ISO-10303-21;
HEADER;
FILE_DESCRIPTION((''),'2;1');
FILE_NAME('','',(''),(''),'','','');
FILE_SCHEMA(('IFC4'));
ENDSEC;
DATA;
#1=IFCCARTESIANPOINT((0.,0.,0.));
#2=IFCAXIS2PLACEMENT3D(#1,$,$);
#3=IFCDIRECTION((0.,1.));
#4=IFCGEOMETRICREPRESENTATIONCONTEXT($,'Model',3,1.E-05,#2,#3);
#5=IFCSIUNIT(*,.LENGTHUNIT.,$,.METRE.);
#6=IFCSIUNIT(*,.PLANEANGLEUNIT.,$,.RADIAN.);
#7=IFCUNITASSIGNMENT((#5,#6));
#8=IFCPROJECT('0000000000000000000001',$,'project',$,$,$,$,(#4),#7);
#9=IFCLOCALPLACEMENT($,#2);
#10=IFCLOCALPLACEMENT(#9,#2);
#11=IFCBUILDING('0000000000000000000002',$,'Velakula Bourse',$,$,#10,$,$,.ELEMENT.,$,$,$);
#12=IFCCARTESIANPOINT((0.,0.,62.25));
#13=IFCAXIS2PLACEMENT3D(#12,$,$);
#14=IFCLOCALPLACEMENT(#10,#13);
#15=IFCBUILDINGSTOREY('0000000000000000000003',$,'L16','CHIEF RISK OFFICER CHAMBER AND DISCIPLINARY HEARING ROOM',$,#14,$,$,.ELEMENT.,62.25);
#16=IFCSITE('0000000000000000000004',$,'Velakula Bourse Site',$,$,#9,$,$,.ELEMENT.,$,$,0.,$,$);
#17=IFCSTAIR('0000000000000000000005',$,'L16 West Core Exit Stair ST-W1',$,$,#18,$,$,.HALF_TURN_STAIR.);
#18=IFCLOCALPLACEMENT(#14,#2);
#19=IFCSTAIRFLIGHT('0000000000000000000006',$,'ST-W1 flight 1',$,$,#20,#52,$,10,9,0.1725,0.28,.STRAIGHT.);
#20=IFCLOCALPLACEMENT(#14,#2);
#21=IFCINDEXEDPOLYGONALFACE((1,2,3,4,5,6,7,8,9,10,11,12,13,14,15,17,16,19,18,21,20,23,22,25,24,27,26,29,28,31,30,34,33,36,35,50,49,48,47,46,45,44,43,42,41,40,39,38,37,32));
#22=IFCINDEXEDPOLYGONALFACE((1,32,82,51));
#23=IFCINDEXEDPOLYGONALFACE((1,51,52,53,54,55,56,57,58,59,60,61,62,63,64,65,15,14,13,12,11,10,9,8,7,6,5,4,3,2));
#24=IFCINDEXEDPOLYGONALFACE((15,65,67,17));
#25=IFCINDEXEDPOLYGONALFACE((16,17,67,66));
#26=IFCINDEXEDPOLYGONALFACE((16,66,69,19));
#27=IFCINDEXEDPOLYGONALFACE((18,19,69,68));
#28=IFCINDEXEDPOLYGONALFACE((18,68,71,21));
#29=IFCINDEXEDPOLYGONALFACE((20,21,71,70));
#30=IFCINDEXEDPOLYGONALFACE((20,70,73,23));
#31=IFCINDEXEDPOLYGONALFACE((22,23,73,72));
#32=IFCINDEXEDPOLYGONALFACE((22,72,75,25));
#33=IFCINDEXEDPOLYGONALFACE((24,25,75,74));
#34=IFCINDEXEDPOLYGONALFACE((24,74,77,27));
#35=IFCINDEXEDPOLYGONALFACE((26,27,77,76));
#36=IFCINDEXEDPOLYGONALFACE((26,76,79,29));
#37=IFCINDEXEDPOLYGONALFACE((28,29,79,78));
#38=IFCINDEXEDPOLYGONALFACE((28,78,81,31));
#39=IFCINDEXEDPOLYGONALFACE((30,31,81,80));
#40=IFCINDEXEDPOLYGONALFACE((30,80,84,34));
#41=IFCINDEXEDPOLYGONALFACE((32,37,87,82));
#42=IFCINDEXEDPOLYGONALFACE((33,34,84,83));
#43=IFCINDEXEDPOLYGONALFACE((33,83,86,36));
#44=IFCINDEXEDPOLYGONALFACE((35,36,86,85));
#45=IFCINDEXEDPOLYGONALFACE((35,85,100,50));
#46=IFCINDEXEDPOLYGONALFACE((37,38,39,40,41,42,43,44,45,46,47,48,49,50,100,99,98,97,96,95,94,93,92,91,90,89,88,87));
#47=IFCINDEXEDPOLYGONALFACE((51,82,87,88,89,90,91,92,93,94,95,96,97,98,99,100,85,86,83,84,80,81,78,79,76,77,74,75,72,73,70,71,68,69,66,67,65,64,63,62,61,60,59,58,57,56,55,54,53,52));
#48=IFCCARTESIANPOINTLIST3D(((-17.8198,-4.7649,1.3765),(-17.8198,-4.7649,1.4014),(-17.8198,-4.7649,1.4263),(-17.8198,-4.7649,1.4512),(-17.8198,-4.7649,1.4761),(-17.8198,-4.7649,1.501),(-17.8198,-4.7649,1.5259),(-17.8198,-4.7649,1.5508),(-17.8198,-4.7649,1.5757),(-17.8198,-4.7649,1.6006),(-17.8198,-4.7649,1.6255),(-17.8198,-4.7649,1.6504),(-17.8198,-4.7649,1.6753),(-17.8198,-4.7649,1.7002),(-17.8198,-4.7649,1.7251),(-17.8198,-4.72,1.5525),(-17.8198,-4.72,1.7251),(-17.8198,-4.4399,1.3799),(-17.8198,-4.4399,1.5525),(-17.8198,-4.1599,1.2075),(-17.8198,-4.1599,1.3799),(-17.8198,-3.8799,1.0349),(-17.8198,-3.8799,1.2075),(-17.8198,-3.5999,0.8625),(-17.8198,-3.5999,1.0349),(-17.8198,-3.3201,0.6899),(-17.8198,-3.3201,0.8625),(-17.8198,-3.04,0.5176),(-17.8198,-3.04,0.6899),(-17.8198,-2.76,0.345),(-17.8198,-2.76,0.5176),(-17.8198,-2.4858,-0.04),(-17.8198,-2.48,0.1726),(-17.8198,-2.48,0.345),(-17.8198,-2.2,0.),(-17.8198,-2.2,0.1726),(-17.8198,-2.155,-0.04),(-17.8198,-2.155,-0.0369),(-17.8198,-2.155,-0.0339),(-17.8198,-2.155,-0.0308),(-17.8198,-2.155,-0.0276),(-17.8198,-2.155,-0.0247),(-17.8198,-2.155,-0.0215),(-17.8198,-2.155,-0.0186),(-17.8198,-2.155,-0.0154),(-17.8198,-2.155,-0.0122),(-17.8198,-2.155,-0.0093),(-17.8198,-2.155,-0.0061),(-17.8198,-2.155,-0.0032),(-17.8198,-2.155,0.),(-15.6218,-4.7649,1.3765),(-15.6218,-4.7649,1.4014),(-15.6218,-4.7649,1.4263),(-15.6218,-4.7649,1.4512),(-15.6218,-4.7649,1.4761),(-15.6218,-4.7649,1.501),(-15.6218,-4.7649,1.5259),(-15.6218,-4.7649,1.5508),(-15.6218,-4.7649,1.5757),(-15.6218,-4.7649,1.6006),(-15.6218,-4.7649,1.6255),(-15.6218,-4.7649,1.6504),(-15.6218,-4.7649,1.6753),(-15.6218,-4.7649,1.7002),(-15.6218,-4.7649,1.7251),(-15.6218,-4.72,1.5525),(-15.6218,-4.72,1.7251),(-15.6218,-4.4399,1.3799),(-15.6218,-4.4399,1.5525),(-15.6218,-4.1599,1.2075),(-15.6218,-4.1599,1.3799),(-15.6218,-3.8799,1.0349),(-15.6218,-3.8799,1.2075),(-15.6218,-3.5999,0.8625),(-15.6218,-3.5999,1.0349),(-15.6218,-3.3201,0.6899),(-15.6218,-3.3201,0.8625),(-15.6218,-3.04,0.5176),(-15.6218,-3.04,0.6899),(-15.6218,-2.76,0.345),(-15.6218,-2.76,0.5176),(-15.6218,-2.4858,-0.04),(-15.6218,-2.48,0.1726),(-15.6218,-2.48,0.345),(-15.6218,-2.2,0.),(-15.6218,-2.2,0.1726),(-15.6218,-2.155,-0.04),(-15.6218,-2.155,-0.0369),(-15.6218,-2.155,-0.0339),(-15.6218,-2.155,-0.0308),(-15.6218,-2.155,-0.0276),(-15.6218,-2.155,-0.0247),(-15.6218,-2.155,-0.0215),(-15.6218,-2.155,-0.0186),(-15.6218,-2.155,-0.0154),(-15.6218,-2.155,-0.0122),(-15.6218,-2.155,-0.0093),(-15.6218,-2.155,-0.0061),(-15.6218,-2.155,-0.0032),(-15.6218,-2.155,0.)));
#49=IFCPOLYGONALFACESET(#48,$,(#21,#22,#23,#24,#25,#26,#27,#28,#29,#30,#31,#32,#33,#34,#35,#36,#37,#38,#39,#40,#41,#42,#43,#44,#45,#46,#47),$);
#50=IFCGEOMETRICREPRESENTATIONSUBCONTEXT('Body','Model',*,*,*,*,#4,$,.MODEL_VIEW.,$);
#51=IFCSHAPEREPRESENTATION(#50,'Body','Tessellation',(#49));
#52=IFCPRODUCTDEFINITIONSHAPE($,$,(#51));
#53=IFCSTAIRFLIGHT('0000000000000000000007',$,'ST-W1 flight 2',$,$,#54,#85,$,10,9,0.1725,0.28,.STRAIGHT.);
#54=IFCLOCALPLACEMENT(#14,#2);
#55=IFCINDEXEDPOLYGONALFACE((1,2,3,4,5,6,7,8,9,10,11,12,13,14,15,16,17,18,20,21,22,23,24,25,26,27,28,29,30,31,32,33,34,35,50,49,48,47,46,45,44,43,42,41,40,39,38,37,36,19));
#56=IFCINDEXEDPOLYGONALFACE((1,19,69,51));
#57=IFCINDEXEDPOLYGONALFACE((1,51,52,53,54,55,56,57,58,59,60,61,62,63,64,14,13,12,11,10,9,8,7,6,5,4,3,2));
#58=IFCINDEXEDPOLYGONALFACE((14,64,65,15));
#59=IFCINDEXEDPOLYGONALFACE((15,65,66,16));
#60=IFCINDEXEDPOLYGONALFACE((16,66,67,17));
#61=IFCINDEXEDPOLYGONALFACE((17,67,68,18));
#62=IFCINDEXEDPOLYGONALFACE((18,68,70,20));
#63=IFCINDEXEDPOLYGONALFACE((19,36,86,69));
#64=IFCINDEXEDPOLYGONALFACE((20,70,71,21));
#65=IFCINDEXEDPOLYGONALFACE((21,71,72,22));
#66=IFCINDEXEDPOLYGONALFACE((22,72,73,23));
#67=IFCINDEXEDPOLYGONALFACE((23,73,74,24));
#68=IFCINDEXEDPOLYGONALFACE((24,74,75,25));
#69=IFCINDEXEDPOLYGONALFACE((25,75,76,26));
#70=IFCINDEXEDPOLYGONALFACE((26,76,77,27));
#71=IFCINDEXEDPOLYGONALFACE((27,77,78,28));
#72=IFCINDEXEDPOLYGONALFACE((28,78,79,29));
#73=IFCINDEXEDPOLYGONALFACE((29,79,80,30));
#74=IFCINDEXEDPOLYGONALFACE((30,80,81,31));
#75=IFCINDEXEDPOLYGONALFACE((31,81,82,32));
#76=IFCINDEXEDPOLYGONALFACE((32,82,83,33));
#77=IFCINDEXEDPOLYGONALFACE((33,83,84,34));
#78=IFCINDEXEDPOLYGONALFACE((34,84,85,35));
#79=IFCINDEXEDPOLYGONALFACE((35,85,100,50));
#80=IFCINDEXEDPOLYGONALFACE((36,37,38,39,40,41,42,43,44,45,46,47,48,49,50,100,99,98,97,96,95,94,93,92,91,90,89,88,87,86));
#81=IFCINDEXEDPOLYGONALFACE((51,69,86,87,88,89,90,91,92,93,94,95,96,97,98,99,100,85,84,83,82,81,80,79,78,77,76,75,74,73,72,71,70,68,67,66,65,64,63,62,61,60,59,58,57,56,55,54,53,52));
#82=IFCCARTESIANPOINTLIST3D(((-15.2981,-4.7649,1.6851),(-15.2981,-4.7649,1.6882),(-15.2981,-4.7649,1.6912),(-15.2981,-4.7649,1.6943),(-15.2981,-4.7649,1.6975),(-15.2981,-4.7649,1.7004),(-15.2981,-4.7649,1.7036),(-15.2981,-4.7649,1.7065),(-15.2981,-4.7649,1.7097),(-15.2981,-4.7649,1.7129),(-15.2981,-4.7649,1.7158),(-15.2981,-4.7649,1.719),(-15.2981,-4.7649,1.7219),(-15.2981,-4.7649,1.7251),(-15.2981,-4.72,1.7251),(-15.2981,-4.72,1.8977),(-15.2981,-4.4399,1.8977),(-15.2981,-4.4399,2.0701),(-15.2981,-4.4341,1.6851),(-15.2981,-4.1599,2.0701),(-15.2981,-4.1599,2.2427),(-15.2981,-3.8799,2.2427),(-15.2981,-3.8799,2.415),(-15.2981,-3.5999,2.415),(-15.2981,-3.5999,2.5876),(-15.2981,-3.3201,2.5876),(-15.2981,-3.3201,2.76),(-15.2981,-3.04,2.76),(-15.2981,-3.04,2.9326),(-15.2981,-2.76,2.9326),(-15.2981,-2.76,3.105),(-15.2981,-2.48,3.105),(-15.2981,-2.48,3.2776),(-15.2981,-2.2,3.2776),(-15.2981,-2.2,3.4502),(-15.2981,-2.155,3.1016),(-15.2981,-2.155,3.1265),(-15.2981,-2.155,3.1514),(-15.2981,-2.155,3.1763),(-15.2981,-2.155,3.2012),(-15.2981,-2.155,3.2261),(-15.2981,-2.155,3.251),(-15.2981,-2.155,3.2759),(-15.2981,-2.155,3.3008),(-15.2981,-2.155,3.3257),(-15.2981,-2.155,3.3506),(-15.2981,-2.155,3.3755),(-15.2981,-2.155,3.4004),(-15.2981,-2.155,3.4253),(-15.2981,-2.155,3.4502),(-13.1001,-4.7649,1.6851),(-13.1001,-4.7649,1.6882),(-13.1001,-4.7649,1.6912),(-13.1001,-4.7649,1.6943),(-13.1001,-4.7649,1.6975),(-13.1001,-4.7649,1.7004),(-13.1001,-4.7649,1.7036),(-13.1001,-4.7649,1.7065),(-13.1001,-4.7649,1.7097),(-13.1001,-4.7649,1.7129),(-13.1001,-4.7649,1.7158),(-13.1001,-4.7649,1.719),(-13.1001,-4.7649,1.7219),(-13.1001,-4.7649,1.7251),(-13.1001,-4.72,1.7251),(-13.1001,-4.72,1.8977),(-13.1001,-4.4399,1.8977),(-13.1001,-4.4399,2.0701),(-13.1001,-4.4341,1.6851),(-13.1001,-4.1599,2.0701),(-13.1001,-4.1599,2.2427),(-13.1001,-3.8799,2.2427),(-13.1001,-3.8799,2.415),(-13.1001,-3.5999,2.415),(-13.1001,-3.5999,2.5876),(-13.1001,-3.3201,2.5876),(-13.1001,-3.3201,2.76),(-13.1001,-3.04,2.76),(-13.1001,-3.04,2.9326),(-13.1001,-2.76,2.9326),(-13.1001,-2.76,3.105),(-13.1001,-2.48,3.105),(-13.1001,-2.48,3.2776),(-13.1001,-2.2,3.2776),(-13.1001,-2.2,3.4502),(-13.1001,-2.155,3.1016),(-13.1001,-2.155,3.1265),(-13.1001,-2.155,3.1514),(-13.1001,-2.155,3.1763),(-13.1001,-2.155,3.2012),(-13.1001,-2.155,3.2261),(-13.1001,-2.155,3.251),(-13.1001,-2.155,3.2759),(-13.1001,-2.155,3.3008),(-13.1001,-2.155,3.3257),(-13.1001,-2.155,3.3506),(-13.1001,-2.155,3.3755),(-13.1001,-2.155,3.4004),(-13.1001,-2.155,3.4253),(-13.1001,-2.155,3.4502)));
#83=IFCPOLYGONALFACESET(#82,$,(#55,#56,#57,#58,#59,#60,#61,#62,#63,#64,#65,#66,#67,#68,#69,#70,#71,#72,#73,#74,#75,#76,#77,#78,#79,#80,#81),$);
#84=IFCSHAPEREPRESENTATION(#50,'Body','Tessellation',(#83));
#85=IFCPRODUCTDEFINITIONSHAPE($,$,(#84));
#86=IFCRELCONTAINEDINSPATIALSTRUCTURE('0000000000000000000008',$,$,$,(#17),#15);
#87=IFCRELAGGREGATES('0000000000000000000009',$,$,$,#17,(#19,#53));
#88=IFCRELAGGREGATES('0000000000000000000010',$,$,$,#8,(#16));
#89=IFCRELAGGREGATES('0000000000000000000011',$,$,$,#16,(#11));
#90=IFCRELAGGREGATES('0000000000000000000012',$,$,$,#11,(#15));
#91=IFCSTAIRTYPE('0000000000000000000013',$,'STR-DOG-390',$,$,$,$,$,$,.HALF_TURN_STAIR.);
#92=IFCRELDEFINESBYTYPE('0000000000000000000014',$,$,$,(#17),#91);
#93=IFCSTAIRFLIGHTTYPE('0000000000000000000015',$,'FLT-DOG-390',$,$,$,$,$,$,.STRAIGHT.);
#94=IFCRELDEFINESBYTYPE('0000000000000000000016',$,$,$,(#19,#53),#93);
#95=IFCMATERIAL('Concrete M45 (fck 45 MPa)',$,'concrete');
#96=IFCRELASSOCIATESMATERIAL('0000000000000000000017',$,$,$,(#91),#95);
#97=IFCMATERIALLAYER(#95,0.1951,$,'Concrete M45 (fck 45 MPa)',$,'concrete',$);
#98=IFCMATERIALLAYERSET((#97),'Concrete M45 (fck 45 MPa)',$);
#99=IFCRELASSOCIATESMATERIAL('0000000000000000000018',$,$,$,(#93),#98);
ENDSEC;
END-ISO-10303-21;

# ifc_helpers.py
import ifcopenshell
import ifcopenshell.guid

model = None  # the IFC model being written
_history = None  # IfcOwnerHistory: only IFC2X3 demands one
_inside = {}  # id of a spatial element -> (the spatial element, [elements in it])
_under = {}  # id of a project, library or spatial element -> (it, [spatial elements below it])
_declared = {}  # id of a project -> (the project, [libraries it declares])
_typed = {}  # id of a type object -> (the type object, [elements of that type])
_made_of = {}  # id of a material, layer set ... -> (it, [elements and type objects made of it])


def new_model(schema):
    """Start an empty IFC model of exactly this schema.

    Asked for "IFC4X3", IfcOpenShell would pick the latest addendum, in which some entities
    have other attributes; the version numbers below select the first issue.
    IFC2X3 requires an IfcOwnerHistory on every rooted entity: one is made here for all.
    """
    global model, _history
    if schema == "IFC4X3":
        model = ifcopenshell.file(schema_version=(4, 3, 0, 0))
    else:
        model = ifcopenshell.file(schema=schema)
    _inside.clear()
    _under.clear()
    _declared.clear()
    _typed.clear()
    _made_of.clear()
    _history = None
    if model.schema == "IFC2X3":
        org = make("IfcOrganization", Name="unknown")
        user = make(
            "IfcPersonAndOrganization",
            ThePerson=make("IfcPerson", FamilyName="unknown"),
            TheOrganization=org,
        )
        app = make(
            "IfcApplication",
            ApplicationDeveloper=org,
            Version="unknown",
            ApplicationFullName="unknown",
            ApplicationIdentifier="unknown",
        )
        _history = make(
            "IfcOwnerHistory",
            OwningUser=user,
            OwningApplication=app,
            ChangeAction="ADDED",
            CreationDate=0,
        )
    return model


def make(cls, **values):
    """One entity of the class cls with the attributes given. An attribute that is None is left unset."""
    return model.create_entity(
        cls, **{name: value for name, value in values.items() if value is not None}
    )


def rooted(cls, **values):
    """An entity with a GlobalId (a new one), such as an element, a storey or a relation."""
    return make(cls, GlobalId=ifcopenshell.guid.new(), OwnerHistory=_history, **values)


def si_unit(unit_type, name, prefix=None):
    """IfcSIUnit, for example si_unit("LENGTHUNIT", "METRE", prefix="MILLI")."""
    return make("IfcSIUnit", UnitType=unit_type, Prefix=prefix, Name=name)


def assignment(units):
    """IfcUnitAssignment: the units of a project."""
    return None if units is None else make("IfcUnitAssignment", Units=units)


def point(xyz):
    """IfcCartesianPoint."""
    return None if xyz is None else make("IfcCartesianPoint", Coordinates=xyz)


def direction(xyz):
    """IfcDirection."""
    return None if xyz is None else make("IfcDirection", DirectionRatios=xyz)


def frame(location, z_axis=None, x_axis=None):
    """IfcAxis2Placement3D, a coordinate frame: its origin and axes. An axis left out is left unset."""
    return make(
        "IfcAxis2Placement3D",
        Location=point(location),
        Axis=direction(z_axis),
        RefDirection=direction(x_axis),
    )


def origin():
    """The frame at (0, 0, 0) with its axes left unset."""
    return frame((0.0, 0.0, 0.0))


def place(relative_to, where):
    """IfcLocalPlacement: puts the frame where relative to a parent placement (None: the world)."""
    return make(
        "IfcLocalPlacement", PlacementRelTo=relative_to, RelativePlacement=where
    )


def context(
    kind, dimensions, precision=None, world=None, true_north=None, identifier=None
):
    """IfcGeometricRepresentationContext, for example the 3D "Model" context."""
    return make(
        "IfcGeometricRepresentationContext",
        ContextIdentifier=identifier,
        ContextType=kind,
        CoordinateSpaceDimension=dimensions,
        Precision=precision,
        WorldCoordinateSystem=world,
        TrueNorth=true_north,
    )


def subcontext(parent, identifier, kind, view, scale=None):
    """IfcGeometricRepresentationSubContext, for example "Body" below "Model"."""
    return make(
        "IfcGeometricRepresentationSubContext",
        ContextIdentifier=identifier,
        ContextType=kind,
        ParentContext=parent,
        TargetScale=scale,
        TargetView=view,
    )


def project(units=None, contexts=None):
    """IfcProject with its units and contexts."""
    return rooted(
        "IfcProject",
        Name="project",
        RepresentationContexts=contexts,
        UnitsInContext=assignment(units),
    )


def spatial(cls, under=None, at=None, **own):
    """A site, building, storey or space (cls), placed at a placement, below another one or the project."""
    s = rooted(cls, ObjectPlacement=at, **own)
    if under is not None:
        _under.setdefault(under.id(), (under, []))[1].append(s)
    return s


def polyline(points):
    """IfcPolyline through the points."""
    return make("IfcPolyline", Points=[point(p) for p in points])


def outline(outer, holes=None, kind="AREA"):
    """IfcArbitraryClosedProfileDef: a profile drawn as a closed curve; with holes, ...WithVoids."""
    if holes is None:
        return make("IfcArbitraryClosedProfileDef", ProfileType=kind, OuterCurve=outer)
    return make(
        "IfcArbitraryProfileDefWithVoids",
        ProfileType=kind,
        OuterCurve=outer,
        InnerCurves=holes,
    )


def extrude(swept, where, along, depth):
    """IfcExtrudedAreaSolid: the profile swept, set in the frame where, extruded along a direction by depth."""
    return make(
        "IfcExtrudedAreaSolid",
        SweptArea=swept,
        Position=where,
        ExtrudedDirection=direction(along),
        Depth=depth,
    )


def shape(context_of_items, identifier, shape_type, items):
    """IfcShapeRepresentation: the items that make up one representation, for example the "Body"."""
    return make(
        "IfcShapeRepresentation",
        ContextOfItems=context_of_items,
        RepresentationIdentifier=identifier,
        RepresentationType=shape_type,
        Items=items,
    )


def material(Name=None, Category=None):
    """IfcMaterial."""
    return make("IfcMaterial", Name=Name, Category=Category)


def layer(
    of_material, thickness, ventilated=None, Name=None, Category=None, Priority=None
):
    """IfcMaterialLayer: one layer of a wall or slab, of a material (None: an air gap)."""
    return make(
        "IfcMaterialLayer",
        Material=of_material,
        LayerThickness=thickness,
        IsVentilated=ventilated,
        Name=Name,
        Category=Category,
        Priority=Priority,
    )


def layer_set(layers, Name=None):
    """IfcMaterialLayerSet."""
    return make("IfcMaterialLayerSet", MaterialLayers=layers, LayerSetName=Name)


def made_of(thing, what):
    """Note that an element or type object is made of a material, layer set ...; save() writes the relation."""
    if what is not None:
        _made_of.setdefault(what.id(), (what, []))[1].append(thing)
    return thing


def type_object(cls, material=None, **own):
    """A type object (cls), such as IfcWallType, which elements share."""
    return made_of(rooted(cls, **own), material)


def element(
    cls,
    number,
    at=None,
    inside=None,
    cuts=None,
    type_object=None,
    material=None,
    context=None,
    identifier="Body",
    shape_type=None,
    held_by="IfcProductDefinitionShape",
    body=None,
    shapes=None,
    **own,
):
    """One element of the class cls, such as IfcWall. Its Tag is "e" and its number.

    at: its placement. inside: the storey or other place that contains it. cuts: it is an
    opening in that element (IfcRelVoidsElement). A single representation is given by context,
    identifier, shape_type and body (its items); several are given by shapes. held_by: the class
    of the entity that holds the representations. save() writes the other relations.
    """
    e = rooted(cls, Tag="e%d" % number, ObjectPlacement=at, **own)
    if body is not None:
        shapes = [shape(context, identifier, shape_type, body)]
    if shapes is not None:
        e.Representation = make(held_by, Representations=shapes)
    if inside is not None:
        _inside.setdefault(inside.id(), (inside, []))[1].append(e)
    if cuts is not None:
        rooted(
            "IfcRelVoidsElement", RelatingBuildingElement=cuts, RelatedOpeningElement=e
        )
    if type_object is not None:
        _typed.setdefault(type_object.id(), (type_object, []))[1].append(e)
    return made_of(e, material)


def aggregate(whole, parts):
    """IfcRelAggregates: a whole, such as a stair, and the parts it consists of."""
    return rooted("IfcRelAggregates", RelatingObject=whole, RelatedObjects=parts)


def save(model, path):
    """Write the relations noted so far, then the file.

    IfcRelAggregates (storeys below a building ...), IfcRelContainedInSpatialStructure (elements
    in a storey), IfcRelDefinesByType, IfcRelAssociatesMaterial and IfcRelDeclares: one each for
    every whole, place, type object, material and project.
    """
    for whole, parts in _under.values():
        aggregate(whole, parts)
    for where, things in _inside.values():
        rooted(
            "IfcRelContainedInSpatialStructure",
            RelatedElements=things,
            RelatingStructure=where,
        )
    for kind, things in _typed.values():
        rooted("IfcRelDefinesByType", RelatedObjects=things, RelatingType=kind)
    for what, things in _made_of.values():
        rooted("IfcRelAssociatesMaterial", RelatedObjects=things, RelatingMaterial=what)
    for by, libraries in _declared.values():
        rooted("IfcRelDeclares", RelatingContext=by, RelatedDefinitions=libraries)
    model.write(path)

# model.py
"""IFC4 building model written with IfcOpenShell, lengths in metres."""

from ifc_helpers import new_model, si_unit, direction, frame, origin, place, context, subcontext, project, spatial, polyline, outline, extrude, material, layer, layer_set, type_object, element, aggregate, save


model = new_model("IFC4")

# Units and contexts
model_context = context("Model", 3, precision=1e-05, world=origin(), true_north=direction((0.0, 1.0)))
body_context = subcontext(model_context, "Body", "Model", "MODEL_VIEW")
ifc_project = project(units=[si_unit("LENGTHUNIT", "METRE"), si_unit("PLANEANGLEUNIT", "RADIAN")], contexts=[model_context])

# Site, building, storey
site_placement = place(None, origin())
site = spatial("IfcSite", under=ifc_project, at=site_placement, Name="Velakula Bourse Site", CompositionType="ELEMENT", RefElevation=0.0)
building_placement = place(site_placement, origin())
building = spatial("IfcBuilding", under=site, at=building_placement, Name="Velakula Bourse", CompositionType="ELEMENT")
storey_placement = place(building_placement, frame((0.0, 0.0, 62.25)))
storey = spatial("IfcBuildingStorey", under=building, at=storey_placement, Name="L16", Description="CHIEF RISK OFFICER CHAMBER AND DISCIPLINARY HEARING ROOM", CompositionType="ELEMENT", Elevation=62.25)

# Stair, stair flights
ifc_material_1 = material(Name="Concrete M45 (fck 45 MPa)", Category="concrete")
stair_type = type_object("IfcStairType", Name="STR-DOG-390", PredefinedType="HALF_TURN_STAIR", material=ifc_material_1)
stair_placement = place(storey_placement, origin())
stair = element("IfcStair", 1, at=stair_placement, inside=storey, type_object=stair_type, Name="L16 West Core Exit Stair ST-W1", PredefinedType="HALF_TURN_STAIR")
ifc_layer_1 = layer(ifc_material_1, 0.1951, Name="Concrete M45 (fck 45 MPa)", Category="concrete")
ifc_layer_set_1 = layer_set([ifc_layer_1], Name="Concrete M45 (fck 45 MPa)")
stair_flight_type = type_object("IfcStairFlightType", Name="FLT-DOG-390", PredefinedType="STRAIGHT", material=ifc_layer_set_1)
stair_flight_1_placement = place(storey_placement, frame((-16.7209, -2.2, 0.0), z_axis=(0.0, 0.0, 1.0), x_axis=(0.0, -1.0, 0.0)))
stair_flight_1 = element("IfcStairFlight", 2, at=stair_flight_1_placement, type_object=stair_flight_type, Name="ST-W1 flight 1", NumberOfRisers=10, NumberOfTreads=9, PredefinedType="STRAIGHT", RiserHeight=0.1725, TreadLength=0.28, context=body_context, shape_type="SweptSolid", body=[
    extrude(outline(polyline([(-0.0449, -0.04), (-0.0449, -0.0369), (-0.0449, -0.0339), (-0.0449, -0.0308), (-0.0449, -0.0276), (-0.0449, -0.0247), (-0.0449, -0.0215), (-0.0449, -0.0186), (-0.0449, -0.0154), (-0.0449, -0.0122), (-0.0449, -0.0093), (-0.0449, -0.0061), (-0.0449, -0.0032), (-0.0449, 0.0), (0.0, 0.0), (0.0, 0.1726), (0.28, 0.1726), (0.28, 0.345), (0.5601, 0.345), (0.5601, 0.5176), (0.8401, 0.5176), (0.8401, 0.6899), (1.1201, 0.6899), (1.1201, 0.8625), (1.3999, 0.8625), (1.3999, 1.0349), (1.6799, 1.0349), (1.6799, 1.2075), (1.96, 1.2075), (1.96, 1.3799), (2.24, 1.3799), (2.24, 1.5525), (2.52, 1.5525), (2.52, 1.7251), (2.5649, 1.7251), (2.5649, 1.7002), (2.5649, 1.6753), (2.5649, 1.6504), (2.5649, 1.6255), (2.5649, 1.6006), (2.5649, 1.5757), (2.5649, 1.5508), (2.5649, 1.5259), (2.5649, 1.501), (2.5649, 1.4761), (2.5649, 1.4512), (2.5649, 1.4263), (2.5649, 1.4014), (2.5649, 1.3765), (0.2859, -0.04), (-0.0449, -0.04)])), frame((0.0, 1.0991, 0.0), z_axis=(0.0, -1.0, 0.0), x_axis=(1.0, 0.0, 0.0)), (0.0, 0.0, 1.0), 2.198),
])
stair_flight_2_placement = place(storey_placement, frame((-14.199, -4.72, 1.7251), z_axis=(0.0, 0.0, 1.0), x_axis=(0.0, 1.0, 0.0)))
stair_flight_2 = element("IfcStairFlight", 3, at=stair_flight_2_placement, type_object=stair_flight_type, Name="ST-W1 flight 2", NumberOfRisers=10, NumberOfTreads=9, PredefinedType="STRAIGHT", RiserHeight=0.1725, TreadLength=0.28, context=body_context, shape_type="SweptSolid", body=[
    extrude(outline(polyline([(-0.0449, -0.04), (-0.0449, -0.0369), (-0.0449, -0.0339), (-0.0449, -0.0308), (-0.0449, -0.0276), (-0.0449, -0.0247), (-0.0449, -0.0215), (-0.0449, -0.0186), (-0.0449, -0.0154), (-0.0449, -0.0122), (-0.0449, -0.0093), (-0.0449, -0.0061), (-0.0449, -0.0032), (-0.0449, 0.0), (0.0, 0.0), (0.0, 0.1726), (0.28, 0.1726), (0.28, 0.345), (0.5601, 0.345), (0.5601, 0.5176), (0.8401, 0.5176), (0.8401, 0.6899), (1.1201, 0.6899), (1.1201, 0.8625), (1.3999, 0.8625), (1.3999, 1.0349), (1.6799, 1.0349), (1.6799, 1.2075), (1.96, 1.2075), (1.96, 1.3799), (2.24, 1.3799), (2.24, 1.5525), (2.52, 1.5525), (2.52, 1.7251), (2.5649, 1.7251), (2.5649, 1.7002), (2.5649, 1.6753), (2.5649, 1.6504), (2.5649, 1.6255), (2.5649, 1.6006), (2.5649, 1.5757), (2.5649, 1.5508), (2.5649, 1.5259), (2.5649, 1.501), (2.5649, 1.4761), (2.5649, 1.4512), (2.5649, 1.4263), (2.5649, 1.4014), (2.5649, 1.3765), (0.2859, -0.04), (-0.0449, -0.04)])), frame((0.0, 1.0991, 0.0), z_axis=(0.0, -1.0, 0.0), x_axis=(1.0, 0.0, 0.0)), (0.0, 0.0, 1.0), 2.198),
])
aggregate(stair, [stair_flight_1, stair_flight_2])

save(model, "model.ifc")
